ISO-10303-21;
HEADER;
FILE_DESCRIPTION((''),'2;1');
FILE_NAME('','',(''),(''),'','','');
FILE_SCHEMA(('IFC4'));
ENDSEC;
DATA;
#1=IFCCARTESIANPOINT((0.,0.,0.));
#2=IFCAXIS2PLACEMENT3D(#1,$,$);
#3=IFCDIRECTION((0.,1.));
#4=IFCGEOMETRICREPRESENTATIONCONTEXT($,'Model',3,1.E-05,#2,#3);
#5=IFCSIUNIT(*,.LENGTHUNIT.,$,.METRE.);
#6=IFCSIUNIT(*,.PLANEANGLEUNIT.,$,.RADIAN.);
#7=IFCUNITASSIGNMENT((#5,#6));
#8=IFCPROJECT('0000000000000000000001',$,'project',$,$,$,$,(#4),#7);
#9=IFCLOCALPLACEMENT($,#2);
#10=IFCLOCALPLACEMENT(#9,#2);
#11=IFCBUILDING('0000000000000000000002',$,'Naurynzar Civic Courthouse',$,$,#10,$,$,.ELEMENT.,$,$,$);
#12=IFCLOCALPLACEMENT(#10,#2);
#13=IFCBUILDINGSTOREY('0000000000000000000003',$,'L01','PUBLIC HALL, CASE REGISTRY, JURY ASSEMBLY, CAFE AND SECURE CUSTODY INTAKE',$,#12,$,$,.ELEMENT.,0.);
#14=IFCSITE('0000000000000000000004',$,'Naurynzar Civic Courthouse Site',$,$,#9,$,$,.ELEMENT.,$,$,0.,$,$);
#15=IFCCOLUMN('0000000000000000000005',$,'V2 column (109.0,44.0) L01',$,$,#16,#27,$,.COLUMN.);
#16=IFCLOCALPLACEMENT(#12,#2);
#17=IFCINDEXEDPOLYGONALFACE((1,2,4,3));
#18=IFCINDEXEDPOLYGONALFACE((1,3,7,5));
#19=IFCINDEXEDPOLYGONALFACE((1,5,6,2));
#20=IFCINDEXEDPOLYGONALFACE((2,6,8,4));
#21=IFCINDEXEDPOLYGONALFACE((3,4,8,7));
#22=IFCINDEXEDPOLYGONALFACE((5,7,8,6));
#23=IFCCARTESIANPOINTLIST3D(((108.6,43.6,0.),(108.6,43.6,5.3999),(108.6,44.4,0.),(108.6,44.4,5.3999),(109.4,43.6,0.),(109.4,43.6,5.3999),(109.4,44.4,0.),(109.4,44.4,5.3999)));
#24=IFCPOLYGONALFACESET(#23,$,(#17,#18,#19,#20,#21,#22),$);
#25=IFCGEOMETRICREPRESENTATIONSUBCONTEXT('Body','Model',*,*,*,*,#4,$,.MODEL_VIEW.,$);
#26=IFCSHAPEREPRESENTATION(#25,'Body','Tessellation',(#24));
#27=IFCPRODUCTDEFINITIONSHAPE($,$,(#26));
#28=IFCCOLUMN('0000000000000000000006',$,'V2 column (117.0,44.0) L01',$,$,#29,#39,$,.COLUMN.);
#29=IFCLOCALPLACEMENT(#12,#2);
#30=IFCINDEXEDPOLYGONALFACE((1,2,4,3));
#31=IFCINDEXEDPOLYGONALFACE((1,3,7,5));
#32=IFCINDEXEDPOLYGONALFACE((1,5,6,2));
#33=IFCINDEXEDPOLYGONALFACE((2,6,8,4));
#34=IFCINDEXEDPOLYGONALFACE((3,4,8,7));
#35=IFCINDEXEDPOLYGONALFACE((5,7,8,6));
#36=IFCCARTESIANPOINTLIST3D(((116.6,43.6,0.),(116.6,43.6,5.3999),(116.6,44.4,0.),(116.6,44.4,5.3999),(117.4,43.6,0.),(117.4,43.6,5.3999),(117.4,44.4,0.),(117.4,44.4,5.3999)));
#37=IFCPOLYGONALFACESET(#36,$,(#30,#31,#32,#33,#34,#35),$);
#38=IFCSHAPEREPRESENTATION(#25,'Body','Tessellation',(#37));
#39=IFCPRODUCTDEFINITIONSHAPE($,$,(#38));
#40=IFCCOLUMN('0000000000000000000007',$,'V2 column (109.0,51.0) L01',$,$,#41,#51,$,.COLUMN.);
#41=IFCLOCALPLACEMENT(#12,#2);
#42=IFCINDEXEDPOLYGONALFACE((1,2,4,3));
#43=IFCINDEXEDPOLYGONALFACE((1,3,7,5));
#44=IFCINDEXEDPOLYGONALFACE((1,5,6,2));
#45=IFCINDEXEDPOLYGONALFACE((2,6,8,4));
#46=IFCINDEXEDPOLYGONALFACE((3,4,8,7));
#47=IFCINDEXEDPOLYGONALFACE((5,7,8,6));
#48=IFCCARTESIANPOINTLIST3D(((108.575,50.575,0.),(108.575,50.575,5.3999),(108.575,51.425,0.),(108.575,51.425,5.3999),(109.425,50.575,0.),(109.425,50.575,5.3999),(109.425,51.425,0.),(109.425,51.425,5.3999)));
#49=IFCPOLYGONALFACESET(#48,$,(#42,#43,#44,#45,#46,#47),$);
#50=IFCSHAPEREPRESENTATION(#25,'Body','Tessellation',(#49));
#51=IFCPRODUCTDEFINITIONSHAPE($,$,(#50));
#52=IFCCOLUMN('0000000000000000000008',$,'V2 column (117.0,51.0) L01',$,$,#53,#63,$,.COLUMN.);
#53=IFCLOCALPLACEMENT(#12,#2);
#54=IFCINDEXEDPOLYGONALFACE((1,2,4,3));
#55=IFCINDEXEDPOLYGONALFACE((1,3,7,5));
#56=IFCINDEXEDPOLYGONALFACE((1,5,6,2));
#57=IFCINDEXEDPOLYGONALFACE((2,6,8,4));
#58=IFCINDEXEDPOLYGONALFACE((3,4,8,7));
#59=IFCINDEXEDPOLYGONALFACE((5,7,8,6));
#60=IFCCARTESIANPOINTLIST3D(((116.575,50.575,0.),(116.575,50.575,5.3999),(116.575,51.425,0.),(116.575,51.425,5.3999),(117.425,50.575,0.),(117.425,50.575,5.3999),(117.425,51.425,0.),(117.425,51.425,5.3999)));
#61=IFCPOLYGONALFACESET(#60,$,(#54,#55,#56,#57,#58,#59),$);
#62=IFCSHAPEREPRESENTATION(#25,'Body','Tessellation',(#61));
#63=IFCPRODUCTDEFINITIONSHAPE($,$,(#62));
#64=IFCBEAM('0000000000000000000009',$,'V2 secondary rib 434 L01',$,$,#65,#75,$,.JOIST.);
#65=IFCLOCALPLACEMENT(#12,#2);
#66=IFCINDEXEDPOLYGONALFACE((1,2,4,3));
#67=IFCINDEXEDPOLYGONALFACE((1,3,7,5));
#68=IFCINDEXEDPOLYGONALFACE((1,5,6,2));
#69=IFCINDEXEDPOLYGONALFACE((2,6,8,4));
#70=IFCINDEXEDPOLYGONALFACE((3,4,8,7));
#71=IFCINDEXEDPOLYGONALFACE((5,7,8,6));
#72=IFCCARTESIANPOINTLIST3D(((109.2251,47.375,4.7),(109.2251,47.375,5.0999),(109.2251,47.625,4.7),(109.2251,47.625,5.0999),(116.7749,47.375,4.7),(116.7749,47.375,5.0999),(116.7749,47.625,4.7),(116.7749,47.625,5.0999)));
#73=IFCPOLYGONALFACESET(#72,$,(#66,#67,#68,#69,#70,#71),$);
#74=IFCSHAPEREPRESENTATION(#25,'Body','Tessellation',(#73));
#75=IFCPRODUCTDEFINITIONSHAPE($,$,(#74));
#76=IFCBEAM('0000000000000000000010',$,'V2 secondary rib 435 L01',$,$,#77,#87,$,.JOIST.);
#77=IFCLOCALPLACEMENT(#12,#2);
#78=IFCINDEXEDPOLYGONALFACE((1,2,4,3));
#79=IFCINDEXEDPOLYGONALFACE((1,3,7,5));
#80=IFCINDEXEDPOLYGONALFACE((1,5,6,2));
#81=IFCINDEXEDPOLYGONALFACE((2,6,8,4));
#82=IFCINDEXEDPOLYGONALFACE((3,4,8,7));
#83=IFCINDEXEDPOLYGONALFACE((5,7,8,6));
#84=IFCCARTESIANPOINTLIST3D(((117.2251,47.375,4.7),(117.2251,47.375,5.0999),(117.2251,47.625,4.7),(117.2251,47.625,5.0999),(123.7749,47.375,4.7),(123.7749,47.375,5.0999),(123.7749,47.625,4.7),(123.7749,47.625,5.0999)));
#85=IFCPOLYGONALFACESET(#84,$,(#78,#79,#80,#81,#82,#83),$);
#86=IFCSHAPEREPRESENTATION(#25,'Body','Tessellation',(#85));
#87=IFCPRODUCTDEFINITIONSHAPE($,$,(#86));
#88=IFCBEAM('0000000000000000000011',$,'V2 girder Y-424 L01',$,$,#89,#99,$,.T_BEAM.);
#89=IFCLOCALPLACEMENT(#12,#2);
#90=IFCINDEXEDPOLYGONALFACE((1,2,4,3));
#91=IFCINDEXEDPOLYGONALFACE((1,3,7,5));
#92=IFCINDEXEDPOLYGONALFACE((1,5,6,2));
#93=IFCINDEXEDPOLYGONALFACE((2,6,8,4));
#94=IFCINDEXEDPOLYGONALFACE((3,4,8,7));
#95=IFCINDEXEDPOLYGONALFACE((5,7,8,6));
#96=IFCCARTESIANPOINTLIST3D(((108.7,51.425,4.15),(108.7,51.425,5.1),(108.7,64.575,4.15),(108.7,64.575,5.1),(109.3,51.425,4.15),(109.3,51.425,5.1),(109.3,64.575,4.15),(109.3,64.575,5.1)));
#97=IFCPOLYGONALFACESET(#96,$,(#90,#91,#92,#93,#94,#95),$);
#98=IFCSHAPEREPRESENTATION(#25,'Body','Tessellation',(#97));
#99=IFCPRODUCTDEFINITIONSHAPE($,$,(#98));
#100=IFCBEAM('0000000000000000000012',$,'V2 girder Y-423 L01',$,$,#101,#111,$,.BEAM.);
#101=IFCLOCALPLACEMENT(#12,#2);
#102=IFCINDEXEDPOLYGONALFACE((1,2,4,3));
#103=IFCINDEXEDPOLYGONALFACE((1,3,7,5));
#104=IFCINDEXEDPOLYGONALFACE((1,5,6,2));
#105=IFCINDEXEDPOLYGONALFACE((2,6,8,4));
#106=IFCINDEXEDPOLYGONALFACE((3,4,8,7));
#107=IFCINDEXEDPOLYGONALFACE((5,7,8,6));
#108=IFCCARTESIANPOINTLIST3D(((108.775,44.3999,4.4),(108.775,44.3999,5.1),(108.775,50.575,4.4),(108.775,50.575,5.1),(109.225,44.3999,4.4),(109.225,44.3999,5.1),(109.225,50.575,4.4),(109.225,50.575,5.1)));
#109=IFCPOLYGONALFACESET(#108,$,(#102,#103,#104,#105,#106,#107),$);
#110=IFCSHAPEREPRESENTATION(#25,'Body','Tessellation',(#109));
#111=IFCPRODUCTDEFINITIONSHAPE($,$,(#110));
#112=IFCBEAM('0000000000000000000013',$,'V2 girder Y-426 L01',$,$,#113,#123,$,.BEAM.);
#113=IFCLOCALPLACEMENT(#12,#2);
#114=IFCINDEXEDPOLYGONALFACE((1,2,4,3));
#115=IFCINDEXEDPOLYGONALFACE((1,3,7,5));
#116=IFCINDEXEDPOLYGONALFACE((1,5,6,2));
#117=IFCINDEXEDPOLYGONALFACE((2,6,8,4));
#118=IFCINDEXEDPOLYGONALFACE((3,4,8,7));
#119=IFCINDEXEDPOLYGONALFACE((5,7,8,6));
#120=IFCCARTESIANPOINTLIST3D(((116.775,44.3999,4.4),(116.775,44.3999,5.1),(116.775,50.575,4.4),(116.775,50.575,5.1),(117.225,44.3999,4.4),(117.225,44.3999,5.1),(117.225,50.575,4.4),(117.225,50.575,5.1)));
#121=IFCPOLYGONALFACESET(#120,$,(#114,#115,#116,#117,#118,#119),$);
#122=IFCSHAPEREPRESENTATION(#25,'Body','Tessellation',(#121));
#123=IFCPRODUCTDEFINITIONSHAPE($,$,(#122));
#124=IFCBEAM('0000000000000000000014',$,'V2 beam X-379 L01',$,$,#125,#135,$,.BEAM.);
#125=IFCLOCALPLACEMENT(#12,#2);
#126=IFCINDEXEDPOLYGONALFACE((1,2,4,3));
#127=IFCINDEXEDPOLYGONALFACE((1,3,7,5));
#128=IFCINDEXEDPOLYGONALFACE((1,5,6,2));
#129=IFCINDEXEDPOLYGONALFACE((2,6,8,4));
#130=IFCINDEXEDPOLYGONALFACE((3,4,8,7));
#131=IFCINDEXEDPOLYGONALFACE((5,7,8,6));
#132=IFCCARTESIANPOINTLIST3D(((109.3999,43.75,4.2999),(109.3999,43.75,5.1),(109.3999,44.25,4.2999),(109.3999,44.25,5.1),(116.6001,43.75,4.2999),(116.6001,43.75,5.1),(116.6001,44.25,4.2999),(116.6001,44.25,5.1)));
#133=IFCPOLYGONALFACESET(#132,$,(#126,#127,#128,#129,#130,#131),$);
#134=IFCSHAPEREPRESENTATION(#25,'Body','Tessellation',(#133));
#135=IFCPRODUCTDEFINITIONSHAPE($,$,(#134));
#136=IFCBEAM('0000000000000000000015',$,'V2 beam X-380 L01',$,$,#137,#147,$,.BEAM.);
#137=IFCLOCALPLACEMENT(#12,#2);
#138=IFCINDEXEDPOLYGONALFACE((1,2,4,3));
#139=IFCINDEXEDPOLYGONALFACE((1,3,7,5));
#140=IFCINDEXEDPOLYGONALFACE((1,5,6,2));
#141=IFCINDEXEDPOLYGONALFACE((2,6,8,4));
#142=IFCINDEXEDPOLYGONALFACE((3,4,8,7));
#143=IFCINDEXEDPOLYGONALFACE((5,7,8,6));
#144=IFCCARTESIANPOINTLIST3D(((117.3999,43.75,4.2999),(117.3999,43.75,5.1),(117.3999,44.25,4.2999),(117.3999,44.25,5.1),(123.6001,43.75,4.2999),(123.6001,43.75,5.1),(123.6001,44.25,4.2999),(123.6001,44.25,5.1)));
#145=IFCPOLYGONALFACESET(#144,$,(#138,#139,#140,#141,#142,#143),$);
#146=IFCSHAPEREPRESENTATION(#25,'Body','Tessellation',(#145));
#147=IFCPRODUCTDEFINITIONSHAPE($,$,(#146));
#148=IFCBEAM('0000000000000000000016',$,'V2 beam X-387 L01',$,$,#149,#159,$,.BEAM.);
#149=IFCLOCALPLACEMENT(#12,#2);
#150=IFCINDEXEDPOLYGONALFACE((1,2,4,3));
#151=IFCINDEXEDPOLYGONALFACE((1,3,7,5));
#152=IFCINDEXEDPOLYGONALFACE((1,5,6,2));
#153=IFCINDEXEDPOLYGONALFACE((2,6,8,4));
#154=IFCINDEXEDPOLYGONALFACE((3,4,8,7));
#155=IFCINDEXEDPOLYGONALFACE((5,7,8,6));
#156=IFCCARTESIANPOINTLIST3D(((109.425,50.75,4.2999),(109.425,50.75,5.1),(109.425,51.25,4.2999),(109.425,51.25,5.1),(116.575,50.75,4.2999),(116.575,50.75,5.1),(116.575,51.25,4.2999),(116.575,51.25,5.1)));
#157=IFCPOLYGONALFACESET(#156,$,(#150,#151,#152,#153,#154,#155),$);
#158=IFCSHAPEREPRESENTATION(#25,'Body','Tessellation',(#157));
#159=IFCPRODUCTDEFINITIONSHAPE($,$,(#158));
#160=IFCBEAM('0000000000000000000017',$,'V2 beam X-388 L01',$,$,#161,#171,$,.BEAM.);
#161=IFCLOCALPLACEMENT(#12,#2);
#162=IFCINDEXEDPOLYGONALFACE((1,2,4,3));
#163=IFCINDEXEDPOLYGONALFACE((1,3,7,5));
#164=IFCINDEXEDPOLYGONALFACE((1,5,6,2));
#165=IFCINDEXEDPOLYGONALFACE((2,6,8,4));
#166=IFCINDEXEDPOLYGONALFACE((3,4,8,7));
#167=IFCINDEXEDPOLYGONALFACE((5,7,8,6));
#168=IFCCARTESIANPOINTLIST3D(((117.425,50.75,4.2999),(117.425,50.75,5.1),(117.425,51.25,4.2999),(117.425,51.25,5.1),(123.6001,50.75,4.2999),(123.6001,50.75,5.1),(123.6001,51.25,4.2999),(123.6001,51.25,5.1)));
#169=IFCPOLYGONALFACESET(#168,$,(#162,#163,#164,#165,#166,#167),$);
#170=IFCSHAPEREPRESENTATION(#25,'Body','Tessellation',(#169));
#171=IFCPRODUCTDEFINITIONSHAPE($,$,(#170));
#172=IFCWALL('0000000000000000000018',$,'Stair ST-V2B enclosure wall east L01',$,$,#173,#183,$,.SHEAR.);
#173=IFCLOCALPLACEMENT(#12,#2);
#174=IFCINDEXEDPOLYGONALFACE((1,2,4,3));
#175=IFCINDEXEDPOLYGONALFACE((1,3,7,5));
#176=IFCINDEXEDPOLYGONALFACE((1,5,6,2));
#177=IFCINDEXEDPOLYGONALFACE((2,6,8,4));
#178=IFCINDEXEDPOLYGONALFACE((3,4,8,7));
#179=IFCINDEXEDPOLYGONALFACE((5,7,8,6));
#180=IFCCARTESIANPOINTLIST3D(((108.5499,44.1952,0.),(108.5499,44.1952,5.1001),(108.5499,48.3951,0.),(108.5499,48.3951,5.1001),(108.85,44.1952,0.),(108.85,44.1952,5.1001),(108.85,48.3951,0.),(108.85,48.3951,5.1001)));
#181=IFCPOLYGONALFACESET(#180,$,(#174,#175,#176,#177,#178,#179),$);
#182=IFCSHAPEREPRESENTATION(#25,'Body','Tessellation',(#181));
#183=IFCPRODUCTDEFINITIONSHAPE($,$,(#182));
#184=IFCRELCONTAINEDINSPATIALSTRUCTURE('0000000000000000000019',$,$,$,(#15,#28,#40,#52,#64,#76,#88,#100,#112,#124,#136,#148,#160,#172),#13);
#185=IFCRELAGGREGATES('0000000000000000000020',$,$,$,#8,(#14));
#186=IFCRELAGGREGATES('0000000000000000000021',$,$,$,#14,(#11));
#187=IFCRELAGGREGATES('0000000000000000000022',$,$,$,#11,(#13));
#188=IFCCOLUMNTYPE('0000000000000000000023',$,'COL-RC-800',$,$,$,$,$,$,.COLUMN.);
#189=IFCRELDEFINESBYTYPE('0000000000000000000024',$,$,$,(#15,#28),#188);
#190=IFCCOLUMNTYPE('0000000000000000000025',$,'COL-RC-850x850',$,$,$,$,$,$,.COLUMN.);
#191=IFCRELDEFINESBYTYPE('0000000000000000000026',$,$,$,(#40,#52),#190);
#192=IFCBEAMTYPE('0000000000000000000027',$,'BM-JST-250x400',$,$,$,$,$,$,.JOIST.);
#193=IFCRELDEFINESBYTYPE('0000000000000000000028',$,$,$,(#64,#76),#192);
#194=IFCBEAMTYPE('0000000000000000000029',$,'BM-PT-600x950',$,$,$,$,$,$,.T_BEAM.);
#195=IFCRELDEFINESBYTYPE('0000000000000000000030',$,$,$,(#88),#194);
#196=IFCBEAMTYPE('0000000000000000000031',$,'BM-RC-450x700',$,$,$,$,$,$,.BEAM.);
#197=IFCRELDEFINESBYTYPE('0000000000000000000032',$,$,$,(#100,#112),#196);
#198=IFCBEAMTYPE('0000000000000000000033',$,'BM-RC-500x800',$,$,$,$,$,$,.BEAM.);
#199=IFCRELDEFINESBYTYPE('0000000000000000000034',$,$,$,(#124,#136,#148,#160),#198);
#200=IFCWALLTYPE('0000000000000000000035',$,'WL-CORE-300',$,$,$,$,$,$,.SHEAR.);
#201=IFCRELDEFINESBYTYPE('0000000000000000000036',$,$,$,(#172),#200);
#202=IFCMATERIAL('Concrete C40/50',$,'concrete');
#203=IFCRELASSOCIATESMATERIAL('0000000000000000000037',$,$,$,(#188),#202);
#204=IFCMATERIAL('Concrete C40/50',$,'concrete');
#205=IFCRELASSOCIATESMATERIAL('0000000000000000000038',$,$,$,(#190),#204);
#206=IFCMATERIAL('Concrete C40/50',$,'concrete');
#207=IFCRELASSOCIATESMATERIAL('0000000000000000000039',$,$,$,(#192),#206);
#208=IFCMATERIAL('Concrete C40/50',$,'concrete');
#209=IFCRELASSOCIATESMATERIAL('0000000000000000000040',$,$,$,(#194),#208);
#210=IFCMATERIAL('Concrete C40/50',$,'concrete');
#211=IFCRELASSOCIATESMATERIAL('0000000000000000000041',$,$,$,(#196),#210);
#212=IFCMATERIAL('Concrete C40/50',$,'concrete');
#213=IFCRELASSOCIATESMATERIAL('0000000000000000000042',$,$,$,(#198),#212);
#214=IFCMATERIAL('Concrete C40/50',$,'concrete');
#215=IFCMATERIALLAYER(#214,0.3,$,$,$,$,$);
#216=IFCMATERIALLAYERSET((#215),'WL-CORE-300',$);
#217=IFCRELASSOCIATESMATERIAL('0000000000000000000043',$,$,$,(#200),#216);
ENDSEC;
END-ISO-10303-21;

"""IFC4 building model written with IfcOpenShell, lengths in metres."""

from ifc_helpers import new_model, si_unit, direction, frame, frame_2d, origin, origin_2d, place, context, subcontext, project, spatial, rectangle, extrude, material, layer, layer_set, material_profile, profile_set, type_object, element, save


model = new_model("IFC4")

# Units and contexts
model_context = context("Model", 3, precision=1e-05, world=origin(), true_north=direction((0.0, 1.0)))
body_context = subcontext(model_context, "Body", "Model", "MODEL_VIEW")
ifc_project = project(units=[si_unit("LENGTHUNIT", "METRE"), si_unit("PLANEANGLEUNIT", "RADIAN")], contexts=[model_context])

# Site, building, storey
site_placement = place(None, origin())
site = spatial("IfcSite", under=ifc_project, at=site_placement, Name="Naurynzar Civic Courthouse Site", CompositionType="ELEMENT", RefElevation=0.0)
building_placement = place(site_placement, origin())
building = spatial("IfcBuilding", under=site, at=building_placement, Name="Naurynzar Civic Courthouse", CompositionType="ELEMENT")
storey_placement = place(building_placement, origin())
storey = spatial("IfcBuildingStorey", under=building, at=storey_placement, Name="L01", Description="PUBLIC HALL, CASE REGISTRY, JURY ASSEMBLY, CAFE AND SECURE CUSTODY INTAKE", CompositionType="ELEMENT", Elevation=0.0)

# Columns
ifc_material_1 = material(Name="Concrete C40/50", Category="concrete")
ifc_material_profile_1 = material_profile(ifc_material_1, rectangle(XDim=0.8, YDim=0.8, at=origin_2d()), Name="RC 800x800")
ifc_profile_set_1 = profile_set([ifc_material_profile_1], Name="Concrete C40/50")
column_type_1 = type_object("IfcColumnType", Name="COL-RC-800", PredefinedType="COLUMN", material=ifc_profile_set_1)
for number, where, z_axis, x_axis, name in (
    (1, (109.0, 44.0, 0.0), (0.0, 0.0, 1.0), (1.0, 0.0, 0.0), "V2 column (109.0,44.0) L01"),
    (2, (117.0, 44.0, 0.0), (0.0, 0.0, 1.0), (1.0, 0.0, 0.0), "V2 column (117.0,44.0) L01"),
):
    element("IfcColumn", number, at=place(storey_placement, frame(where, z_axis=z_axis, x_axis=x_axis)), inside=storey, type_object=column_type_1, Name=name, PredefinedType="COLUMN", context=body_context, shape_type="SweptSolid", body=[
        extrude(rectangle(XDim=0.8, YDim=0.8, at=origin_2d()), origin(), (0.0, 0.0, 1.0), 5.3999),
    ])
ifc_material_2 = material(Name="Concrete C40/50", Category="concrete")
ifc_material_profile_2 = material_profile(ifc_material_2, rectangle(XDim=0.8501, YDim=0.8501, at=origin_2d()), Name="RC 850x850")
ifc_profile_set_2 = profile_set([ifc_material_profile_2], Name="Concrete C40/50")
column_type_2 = type_object("IfcColumnType", Name="COL-RC-850x850", PredefinedType="COLUMN", material=ifc_profile_set_2)
for number, where, z_axis, x_axis, name in (
    (3, (109.0, 51.0, 0.0), (0.0, 0.0, 1.0), (1.0, 0.0, 0.0), "V2 column (109.0,51.0) L01"),
    (4, (117.0, 51.0, 0.0), (0.0, 0.0, 1.0), (1.0, 0.0, 0.0), "V2 column (117.0,51.0) L01"),
):
    element("IfcColumn", number, at=place(storey_placement, frame(where, z_axis=z_axis, x_axis=x_axis)), inside=storey, type_object=column_type_2, Name=name, PredefinedType="COLUMN", context=body_context, shape_type="SweptSolid", body=[
        extrude(rectangle(XDim=0.8501, YDim=0.8501, at=origin_2d()), origin(), (0.0, 0.0, 1.0), 5.3999),
    ])

# Beams
ifc_material_3 = material(Name="Concrete C40/50", Category="concrete")
ifc_material_profile_3 = material_profile(ifc_material_3, rectangle(XDim=0.25, YDim=0.3999, at=origin_2d()), Name="RCB 250x400")
ifc_profile_set_3 = profile_set([ifc_material_profile_3], Name="Concrete C40/50")
beam_type_1 = type_object("IfcBeamType", Name="BM-JST-250x400", PredefinedType="JOIST", material=ifc_profile_set_3)
beam_1_placement = place(storey_placement, frame((109.2251, 47.5, 4.8999), z_axis=(1.0, 0.0, 0.0), x_axis=(0.0, 1.0, 0.0)))
element("IfcBeam", 5, at=beam_1_placement, inside=storey, type_object=beam_type_1, Name="V2 secondary rib 434 L01", PredefinedType="JOIST", context=body_context, shape_type="SweptSolid", body=[
    extrude(rectangle(XDim=0.25, YDim=0.3999, at=origin_2d()), origin(), (0.0, 0.0, 1.0), 7.5498),
])
beam_2_placement = place(storey_placement, frame((117.2251, 47.5, 4.8999), z_axis=(1.0, 0.0, 0.0), x_axis=(0.0, 1.0, 0.0)))
element("IfcBeam", 6, at=beam_2_placement, inside=storey, type_object=beam_type_1, Name="V2 secondary rib 435 L01", PredefinedType="JOIST", context=body_context, shape_type="SweptSolid", body=[
    extrude(rectangle(XDim=0.25, YDim=0.3999, at=origin_2d()), origin(), (0.0, 0.0, 1.0), 6.5498),
])
ifc_material_4 = material(Name="Concrete C40/50", Category="concrete")
ifc_material_profile_4 = material_profile(ifc_material_4, rectangle(XDim=0.6001, YDim=0.95, at=origin_2d()), Name="PTB 600x950")
ifc_profile_set_4 = profile_set([ifc_material_profile_4], Name="Concrete C40/50")
beam_type_2 = type_object("IfcBeamType", Name="BM-PT-600x950", PredefinedType="T_BEAM", material=ifc_profile_set_4)
beam_3_placement = place(storey_placement, frame((109.0, 51.425, 4.625), z_axis=(0.0, 1.0, 0.0), x_axis=(-1.0, 0.0, 0.0)))
element("IfcBeam", 7, at=beam_3_placement, inside=storey, type_object=beam_type_2, Name="V2 girder Y-424 L01", PredefinedType="T_BEAM", context=body_context, shape_type="SweptSolid", body=[
    extrude(rectangle(XDim=0.6001, YDim=0.95, at=origin_2d()), origin(), (0.0, 0.0, 1.0), 13.1499),
])
ifc_material_5 = material(Name="Concrete C40/50", Category="concrete")
ifc_material_profile_5 = material_profile(ifc_material_5, rectangle(XDim=0.45, YDim=0.7, at=origin_2d()), Name="RCB 450x700")
ifc_profile_set_5 = profile_set([ifc_material_profile_5], Name="Concrete C40/50")
beam_type_3 = type_object("IfcBeamType", Name="BM-RC-450x700", PredefinedType="BEAM", material=ifc_profile_set_5)
for number, where, z_axis, x_axis, name in (
    (8, (109.0, 44.3999, 4.75), (0.0, 1.0, 0.0), (-1.0, 0.0, 0.0), "V2 girder Y-423 L01"),
    (9, (117.0, 44.3999, 4.75), (0.0, 1.0, 0.0), (-1.0, 0.0, 0.0), "V2 girder Y-426 L01"),
):
    element("IfcBeam", number, at=place(storey_placement, frame(where, z_axis=z_axis, x_axis=x_axis)), inside=storey, type_object=beam_type_3, Name=name, PredefinedType="BEAM", context=body_context, shape_type="SweptSolid", body=[
        extrude(rectangle(XDim=0.45, YDim=0.7, at=origin_2d()), origin(), (0.0, 0.0, 1.0), 6.175),
    ])
ifc_material_6 = material(Name="Concrete C40/50", Category="concrete")
ifc_material_profile_6 = material_profile(ifc_material_6, rectangle(XDim=0.5, YDim=0.8, at=origin_2d()), Name="RCB 500x800")
ifc_profile_set_6 = profile_set([ifc_material_profile_6], Name="Concrete C40/50")
beam_type_4 = type_object("IfcBeamType", Name="BM-RC-500x800", PredefinedType="BEAM", material=ifc_profile_set_6)
beam_4_placement = place(storey_placement, frame((109.3999, 44.0, 4.7), z_axis=(1.0, 0.0, 0.0), x_axis=(0.0, 1.0, 0.0)))
element("IfcBeam", 10, at=beam_4_placement, inside=storey, type_object=beam_type_4, Name="V2 beam X-379 L01", PredefinedType="BEAM", context=body_context, shape_type="SweptSolid", body=[
    extrude(rectangle(XDim=0.5, YDim=0.8, at=origin_2d()), origin(), (0.0, 0.0, 1.0), 7.2002),
])
beam_5_placement = place(storey_placement, frame((117.3999, 44.0, 4.7), z_axis=(1.0, 0.0, 0.0), x_axis=(0.0, 1.0, 0.0)))
element("IfcBeam", 11, at=beam_5_placement, inside=storey, type_object=beam_type_4, Name="V2 beam X-380 L01", PredefinedType="BEAM", context=body_context, shape_type="SweptSolid", body=[
    extrude(rectangle(XDim=0.5, YDim=0.8, at=origin_2d()), origin(), (0.0, 0.0, 1.0), 6.2002),
])
beam_6_placement = place(storey_placement, frame((109.425, 51.0, 4.7), z_axis=(1.0, 0.0, 0.0), x_axis=(0.0, 1.0, 0.0)))
element("IfcBeam", 12, at=beam_6_placement, inside=storey, type_object=beam_type_4, Name="V2 beam X-387 L01", PredefinedType="BEAM", context=body_context, shape_type="SweptSolid", body=[
    extrude(rectangle(XDim=0.5, YDim=0.8, at=origin_2d()), origin(), (0.0, 0.0, 1.0), 7.1499),
])
beam_7_placement = place(storey_placement, frame((117.425, 51.0, 4.7), z_axis=(1.0, 0.0, 0.0), x_axis=(0.0, 1.0, 0.0)))
element("IfcBeam", 13, at=beam_7_placement, inside=storey, type_object=beam_type_4, Name="V2 beam X-388 L01", PredefinedType="BEAM", context=body_context, shape_type="SweptSolid", body=[
    extrude(rectangle(XDim=0.5, YDim=0.8, at=origin_2d()), origin(), (0.0, 0.0, 1.0), 6.175),
])

# Wall
ifc_material_7 = material(Name="Concrete C40/50", Category="concrete")
ifc_layer_1 = layer(ifc_material_7, 0.3)
ifc_layer_set_1 = layer_set([ifc_layer_1], Name="WL-CORE-300")
wall_type_1 = type_object("IfcWallType", Name="WL-CORE-300", PredefinedType="SHEAR", material=ifc_layer_set_1)
wall_1_placement = place(storey_placement, frame((108.7, 44.1951, 0.0), z_axis=(0.0, 0.0, 1.0), x_axis=(0.0, 1.0, 0.0)))
element("IfcWall", 14, at=wall_1_placement, inside=storey, type_object=wall_type_1, Name="Stair ST-V2B enclosure wall east L01", PredefinedType="SHEAR", context=body_context, shape_type="SweptSolid", body=[
    extrude(rectangle(XDim=4.2, YDim=0.3, at=frame_2d((2.1001, 0.0))), origin(), (0.0, 0.0, 1.0), 5.1001),
])

save(model, "model.ifc")
